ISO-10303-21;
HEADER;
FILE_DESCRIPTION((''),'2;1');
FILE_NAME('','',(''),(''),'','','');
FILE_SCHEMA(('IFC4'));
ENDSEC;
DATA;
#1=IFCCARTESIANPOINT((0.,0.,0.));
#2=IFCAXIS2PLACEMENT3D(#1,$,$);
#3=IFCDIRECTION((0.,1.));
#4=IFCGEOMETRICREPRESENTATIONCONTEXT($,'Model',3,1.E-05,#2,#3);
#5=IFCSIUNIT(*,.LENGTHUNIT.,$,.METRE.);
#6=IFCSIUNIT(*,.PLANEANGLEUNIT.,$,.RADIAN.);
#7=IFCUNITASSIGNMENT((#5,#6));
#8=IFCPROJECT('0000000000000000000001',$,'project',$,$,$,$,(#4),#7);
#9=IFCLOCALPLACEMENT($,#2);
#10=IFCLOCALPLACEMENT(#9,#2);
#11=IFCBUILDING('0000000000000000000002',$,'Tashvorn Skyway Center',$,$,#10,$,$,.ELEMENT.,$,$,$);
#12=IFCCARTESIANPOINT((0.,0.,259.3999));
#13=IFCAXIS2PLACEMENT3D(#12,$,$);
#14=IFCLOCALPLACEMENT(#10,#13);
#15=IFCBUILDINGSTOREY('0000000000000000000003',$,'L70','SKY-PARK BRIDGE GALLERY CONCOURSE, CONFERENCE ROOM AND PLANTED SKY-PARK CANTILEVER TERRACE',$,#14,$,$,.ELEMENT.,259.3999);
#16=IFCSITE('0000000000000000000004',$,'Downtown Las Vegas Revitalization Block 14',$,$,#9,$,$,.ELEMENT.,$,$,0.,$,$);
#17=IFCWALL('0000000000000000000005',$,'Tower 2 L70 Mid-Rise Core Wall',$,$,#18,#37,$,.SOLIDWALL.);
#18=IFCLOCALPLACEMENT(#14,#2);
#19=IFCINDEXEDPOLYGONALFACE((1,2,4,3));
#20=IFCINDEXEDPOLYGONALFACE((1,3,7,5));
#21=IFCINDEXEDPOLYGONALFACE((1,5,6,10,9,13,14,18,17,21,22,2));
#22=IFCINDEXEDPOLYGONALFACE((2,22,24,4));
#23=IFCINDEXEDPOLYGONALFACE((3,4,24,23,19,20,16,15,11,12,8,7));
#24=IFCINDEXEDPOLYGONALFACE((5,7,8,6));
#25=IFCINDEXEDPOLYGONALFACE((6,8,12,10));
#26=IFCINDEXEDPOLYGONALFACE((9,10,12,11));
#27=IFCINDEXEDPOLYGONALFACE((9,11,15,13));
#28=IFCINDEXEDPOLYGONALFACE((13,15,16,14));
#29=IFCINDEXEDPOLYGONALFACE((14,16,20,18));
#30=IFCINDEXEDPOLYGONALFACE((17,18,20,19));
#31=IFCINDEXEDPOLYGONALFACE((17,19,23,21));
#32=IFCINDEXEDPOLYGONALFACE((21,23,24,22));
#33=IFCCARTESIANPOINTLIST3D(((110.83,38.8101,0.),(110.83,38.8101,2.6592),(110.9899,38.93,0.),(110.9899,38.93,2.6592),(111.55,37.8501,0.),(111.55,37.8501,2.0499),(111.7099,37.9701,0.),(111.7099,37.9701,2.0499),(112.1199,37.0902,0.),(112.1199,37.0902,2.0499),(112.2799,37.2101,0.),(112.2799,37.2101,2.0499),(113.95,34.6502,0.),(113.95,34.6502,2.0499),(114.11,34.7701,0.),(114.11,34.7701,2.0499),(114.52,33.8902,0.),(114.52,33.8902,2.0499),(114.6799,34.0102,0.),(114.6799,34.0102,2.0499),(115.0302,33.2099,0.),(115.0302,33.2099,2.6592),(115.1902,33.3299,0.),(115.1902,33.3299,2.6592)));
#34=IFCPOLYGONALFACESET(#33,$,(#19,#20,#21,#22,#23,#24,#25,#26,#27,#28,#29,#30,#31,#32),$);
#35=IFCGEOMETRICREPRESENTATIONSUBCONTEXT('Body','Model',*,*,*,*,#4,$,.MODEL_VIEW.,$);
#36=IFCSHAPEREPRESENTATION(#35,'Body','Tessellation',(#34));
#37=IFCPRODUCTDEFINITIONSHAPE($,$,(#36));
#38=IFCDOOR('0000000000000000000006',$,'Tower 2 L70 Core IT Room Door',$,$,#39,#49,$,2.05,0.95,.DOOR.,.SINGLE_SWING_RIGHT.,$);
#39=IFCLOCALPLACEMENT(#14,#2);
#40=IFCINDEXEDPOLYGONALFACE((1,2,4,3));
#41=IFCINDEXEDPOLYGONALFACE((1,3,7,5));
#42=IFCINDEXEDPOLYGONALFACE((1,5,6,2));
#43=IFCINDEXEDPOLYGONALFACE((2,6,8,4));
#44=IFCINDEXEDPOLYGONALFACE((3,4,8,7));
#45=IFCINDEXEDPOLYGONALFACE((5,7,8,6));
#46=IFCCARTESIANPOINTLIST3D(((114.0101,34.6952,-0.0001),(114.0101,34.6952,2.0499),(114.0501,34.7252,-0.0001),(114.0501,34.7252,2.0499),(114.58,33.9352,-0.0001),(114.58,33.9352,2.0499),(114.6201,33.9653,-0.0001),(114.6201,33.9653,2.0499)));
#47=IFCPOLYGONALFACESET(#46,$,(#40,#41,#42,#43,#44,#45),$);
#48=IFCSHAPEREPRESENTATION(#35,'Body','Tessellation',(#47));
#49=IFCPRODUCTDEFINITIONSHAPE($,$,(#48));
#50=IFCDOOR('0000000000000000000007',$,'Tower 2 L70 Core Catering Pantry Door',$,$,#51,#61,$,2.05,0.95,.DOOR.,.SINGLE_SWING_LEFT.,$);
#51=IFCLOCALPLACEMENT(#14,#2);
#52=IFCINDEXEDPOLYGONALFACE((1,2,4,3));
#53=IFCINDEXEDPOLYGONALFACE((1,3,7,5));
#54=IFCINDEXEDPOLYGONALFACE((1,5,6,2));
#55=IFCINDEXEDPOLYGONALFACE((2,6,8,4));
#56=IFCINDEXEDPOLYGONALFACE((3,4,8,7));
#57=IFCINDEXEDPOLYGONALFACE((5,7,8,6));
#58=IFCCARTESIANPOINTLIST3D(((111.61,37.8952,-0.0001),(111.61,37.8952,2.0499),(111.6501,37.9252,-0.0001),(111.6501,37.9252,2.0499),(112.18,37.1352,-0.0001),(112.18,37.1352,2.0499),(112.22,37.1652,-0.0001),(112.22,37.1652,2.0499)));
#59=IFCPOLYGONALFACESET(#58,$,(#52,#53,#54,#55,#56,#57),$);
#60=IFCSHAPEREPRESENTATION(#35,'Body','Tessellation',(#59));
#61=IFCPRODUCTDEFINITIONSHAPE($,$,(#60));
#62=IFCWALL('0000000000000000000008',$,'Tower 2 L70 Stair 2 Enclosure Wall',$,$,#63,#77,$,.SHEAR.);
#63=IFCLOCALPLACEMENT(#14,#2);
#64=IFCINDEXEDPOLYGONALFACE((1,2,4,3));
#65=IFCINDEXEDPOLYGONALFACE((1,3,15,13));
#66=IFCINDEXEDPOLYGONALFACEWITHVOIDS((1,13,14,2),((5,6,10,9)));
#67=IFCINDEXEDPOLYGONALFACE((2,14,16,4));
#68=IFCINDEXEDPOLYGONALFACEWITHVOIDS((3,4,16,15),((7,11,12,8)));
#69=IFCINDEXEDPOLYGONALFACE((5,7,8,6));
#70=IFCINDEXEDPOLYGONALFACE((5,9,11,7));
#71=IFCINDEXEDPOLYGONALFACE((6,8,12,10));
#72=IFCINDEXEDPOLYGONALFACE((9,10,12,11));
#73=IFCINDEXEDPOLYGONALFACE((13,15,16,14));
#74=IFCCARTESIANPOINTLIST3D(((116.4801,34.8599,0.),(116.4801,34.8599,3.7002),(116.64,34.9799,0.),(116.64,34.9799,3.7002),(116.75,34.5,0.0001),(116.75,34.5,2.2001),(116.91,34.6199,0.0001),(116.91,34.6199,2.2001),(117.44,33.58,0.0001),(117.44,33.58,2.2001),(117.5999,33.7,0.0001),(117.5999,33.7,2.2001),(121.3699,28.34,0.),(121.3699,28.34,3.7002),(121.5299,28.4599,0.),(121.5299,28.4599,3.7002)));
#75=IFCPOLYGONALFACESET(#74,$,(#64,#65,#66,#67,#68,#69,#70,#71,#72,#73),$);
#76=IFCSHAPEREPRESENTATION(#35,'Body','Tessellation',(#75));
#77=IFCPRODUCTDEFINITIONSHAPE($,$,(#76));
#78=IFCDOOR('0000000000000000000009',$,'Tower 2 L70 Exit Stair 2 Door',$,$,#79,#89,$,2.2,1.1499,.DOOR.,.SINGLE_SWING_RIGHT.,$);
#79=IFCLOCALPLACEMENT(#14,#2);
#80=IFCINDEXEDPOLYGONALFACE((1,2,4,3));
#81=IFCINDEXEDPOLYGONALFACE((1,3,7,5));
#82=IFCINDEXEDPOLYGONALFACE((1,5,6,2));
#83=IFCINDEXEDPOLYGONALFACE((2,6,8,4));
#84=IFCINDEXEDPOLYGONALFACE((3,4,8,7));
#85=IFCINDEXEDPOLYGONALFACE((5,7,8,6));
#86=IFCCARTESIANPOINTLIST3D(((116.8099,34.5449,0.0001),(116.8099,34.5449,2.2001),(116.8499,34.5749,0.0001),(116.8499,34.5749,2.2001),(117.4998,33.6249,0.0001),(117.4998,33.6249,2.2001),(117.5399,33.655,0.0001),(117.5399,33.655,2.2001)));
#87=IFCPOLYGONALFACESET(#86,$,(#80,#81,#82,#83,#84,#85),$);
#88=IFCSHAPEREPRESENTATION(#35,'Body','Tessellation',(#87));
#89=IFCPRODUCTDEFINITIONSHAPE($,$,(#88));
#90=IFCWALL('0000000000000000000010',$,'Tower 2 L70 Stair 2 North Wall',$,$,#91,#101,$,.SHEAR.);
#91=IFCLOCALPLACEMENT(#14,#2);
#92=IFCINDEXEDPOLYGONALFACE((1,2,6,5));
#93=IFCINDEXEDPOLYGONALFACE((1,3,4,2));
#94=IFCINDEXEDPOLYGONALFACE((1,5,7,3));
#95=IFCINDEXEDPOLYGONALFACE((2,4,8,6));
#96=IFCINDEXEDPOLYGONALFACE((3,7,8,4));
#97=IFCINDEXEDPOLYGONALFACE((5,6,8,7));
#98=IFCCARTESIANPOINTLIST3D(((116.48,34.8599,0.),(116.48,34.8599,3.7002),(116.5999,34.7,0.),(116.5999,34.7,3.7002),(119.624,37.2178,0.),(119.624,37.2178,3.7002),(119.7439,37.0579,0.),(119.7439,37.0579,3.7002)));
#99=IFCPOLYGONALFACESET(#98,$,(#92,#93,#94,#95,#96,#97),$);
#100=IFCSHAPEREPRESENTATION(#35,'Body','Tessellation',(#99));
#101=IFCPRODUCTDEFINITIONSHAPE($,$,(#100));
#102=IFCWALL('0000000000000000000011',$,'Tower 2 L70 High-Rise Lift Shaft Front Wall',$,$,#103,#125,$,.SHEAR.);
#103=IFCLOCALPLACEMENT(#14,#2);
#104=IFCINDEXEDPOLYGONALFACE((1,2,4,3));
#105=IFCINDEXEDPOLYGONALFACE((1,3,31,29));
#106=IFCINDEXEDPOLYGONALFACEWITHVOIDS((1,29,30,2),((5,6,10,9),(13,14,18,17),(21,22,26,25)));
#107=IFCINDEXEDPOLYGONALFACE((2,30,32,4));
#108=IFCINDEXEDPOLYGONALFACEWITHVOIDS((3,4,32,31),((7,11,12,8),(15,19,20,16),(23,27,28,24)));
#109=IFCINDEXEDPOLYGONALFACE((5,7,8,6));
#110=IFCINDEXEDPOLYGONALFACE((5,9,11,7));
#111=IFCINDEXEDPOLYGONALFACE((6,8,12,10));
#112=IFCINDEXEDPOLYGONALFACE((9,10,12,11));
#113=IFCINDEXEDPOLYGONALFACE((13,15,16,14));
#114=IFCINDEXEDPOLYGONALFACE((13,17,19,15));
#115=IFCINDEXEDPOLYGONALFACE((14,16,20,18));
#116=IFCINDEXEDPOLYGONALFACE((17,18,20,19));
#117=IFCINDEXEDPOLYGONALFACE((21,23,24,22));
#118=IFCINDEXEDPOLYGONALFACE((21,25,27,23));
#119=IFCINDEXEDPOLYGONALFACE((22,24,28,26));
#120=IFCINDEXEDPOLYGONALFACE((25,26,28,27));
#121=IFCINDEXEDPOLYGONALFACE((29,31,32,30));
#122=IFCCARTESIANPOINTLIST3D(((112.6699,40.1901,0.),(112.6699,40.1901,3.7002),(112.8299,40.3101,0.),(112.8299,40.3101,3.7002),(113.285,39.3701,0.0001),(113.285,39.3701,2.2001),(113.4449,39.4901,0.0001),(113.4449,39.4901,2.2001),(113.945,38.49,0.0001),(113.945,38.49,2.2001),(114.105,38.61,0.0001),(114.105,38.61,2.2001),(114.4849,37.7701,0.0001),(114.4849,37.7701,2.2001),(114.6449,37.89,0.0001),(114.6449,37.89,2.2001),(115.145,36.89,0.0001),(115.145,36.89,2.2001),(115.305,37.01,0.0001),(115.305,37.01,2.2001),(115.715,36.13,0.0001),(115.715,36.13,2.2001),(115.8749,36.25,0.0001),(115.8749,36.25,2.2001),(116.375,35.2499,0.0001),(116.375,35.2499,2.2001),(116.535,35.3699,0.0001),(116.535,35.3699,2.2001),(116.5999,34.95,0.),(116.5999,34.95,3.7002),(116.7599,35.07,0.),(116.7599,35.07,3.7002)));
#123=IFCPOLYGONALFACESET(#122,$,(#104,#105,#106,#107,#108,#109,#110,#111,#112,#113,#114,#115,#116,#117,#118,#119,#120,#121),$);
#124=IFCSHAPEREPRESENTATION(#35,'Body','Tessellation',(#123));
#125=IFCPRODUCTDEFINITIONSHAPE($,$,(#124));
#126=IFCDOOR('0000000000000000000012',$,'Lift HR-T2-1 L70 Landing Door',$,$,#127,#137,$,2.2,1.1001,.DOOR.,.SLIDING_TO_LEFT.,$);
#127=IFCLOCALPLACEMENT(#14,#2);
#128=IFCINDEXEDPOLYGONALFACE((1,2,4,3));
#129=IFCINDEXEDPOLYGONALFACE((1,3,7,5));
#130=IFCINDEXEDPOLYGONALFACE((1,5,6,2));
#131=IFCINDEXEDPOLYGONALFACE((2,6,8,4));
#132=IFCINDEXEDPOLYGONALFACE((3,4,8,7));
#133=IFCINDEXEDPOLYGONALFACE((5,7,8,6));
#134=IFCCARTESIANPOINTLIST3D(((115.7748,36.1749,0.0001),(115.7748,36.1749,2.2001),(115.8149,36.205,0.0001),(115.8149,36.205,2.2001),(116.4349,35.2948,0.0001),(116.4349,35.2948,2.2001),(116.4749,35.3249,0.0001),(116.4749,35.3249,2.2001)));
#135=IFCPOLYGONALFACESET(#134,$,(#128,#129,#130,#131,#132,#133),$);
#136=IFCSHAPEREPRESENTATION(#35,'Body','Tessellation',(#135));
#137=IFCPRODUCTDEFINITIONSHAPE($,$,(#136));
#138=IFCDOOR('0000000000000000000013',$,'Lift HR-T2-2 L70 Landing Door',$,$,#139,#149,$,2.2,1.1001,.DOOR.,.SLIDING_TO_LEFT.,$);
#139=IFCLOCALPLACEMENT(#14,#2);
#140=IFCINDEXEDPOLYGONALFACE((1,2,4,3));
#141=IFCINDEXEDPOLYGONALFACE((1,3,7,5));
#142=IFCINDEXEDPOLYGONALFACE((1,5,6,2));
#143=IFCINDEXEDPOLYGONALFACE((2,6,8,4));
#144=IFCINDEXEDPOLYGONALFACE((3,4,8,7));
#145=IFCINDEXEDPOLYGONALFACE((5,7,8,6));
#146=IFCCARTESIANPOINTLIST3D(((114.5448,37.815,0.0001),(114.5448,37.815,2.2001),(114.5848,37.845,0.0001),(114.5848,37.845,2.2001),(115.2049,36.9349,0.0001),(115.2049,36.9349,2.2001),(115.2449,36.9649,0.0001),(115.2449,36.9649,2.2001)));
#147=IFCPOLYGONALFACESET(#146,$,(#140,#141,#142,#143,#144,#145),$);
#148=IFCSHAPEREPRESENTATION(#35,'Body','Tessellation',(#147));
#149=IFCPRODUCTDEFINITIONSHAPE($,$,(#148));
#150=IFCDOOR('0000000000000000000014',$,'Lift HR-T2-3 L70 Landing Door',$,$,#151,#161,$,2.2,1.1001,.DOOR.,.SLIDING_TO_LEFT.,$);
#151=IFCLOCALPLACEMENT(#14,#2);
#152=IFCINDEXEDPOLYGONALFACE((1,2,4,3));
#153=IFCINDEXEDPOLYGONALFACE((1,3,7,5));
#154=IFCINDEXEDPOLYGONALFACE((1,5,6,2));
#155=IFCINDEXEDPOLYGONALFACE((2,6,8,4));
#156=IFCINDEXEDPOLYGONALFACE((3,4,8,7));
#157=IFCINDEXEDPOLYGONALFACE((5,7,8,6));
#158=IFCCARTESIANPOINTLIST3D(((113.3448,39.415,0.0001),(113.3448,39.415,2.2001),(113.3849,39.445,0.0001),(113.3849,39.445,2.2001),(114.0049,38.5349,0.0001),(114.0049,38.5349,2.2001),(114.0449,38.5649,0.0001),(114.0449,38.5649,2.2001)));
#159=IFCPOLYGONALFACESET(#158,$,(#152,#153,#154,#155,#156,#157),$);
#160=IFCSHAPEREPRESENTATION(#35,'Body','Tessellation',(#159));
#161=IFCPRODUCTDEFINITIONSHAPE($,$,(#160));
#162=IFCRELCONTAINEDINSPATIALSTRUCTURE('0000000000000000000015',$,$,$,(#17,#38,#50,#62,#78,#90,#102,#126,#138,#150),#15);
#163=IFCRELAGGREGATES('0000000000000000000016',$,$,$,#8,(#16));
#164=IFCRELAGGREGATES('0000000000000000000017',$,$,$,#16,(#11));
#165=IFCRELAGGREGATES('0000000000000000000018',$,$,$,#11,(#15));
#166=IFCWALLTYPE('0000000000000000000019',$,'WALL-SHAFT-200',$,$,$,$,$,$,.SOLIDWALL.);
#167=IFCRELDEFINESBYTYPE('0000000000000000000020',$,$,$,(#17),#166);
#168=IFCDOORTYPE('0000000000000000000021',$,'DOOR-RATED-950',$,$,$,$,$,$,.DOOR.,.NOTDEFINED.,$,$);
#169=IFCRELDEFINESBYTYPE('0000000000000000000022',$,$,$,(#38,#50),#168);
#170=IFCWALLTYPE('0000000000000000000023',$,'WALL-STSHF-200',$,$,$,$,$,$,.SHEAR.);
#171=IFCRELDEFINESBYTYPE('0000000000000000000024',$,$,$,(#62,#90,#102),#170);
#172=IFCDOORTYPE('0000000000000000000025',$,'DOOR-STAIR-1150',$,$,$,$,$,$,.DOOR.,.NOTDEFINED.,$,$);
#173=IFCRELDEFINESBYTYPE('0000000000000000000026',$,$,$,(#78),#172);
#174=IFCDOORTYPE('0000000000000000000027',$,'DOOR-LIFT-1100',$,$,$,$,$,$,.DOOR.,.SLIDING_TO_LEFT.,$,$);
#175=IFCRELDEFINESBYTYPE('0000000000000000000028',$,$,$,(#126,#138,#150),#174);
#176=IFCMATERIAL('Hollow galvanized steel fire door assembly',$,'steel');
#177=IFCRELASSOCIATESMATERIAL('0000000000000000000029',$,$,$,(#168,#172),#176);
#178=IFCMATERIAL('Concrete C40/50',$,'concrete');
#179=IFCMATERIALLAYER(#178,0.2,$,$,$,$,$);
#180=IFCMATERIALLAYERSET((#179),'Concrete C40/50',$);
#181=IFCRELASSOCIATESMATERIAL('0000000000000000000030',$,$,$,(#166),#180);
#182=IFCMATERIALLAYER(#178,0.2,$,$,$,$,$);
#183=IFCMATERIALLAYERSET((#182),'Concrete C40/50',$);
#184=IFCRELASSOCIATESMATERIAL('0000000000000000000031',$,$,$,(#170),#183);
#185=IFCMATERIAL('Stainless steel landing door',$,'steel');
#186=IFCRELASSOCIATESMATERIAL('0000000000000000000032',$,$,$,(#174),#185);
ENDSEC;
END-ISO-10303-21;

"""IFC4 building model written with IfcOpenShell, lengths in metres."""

from ifc_helpers import new_model, si_unit, direction, frame, frame_2d, origin, place, context, subcontext, project, spatial, rectangle, extrude, material, layer, layer_set, type_object, element, fill, save


model = new_model("IFC4")

# Units and contexts
model_context = context("Model", 3, precision=1e-05, world=origin(), true_north=direction((0.0, 1.0)))
body_context = subcontext(model_context, "Body", "Model", "MODEL_VIEW")
ifc_project = project(units=[si_unit("LENGTHUNIT", "METRE"), si_unit("PLANEANGLEUNIT", "RADIAN")], contexts=[model_context])

# Site, building, storey
site_placement = place(None, origin())
site = spatial("IfcSite", under=ifc_project, at=site_placement, Name="Downtown Las Vegas Revitalization Block 14", CompositionType="ELEMENT", RefElevation=0.0)
building_placement = place(site_placement, origin())
building = spatial("IfcBuilding", under=site, at=building_placement, Name="Tashvorn Skyway Center", CompositionType="ELEMENT")
storey_placement = place(building_placement, frame((0.0, 0.0, 259.3999)))
storey = spatial("IfcBuildingStorey", under=building, at=storey_placement, Name="L70", Description="SKY-PARK BRIDGE GALLERY CONCOURSE, CONFERENCE ROOM AND PLANTED SKY-PARK CANTILEVER TERRACE", CompositionType="ELEMENT", Elevation=259.3999)

# Shared definitions
ifc_material_1 = material(Name="Concrete C40/50", Category="concrete")
ifc_material_2 = material(Name="Hollow galvanized steel fire door assembly", Category="steel")
door_type_1 = type_object("IfcDoorType", Name="DOOR-RATED-950", OperationType="NOTDEFINED", PredefinedType="DOOR", material=ifc_material_2)

# Shared definitions
ifc_layer_1 = layer(ifc_material_1, 0.2)
ifc_layer_set_1 = layer_set([ifc_layer_1], Name="Concrete C40/50")
wall_type_1 = type_object("IfcWallType", Name="WALL-SHAFT-200", PredefinedType="SOLIDWALL", material=ifc_layer_set_1)

# Wall, openings, doors
wall_1_placement = place(storey_placement, frame((115.1101, 33.27, 0.0), z_axis=(0.0, 0.0, 1.0), x_axis=(-0.600011, 0.799992, 0.0)))
wall_1 = element("IfcWall", 1, at=wall_1_placement, inside=storey, type_object=wall_type_1, Name="Tower 2 L70 Mid-Rise Core Wall", PredefinedType="SOLIDWALL", context=body_context, shape_type="SweptSolid", body=[
    extrude(rectangle(XDim=7.0002, YDim=0.2, at=frame_2d((3.5, 0.0))), origin(), (0.0, 0.0, 1.0), 2.6592),
])
opening_1_placement = place(wall_1_placement, frame((0.8501, 0.0, 0.0)))
opening_1 = element("IfcOpeningElement", 2, at=opening_1_placement, cuts=wall_1, PredefinedType="OPENING", context=body_context, shape_type="SweptSolid", body=[
    extrude(rectangle(XDim=0.95, YDim=2.05, at=frame_2d((0.4751, 1.0249))), frame((0.0, 0.1099, 0.0), z_axis=(0.0, -1.0, 0.0), x_axis=(1.0, 0.0, 0.0)), (0.0, 0.0, 1.0), 0.22),
])
opening_2_placement = place(wall_1_placement, frame((4.8501, 0.0, 0.0)))
opening_2 = element("IfcOpeningElement", 3, at=opening_2_placement, cuts=wall_1, PredefinedType="OPENING", context=body_context, shape_type="SweptSolid", body=[
    extrude(rectangle(XDim=0.95, YDim=2.05, at=frame_2d((0.4751, 1.0249))), frame((0.0, 0.1099, 0.0), z_axis=(0.0, -1.0, 0.0), x_axis=(1.0, 0.0, 0.0)), (0.0, 0.0, 1.0), 0.22),
])
door_1_placement = place(opening_1_placement, origin())
door_1 = element("IfcDoor", 4, at=door_1_placement, inside=storey, type_object=door_type_1, Name="Tower 2 L70 Core IT Room Door", OperationType="SINGLE_SWING_RIGHT", OverallHeight=2.05, OverallWidth=0.95, PredefinedType="DOOR", context=body_context, shape_type="SweptSolid", body=[
    extrude(rectangle(XDim=0.95, YDim=2.05, at=frame_2d((0.4751, 1.0249))), frame((0.0, 0.0249, 0.0), z_axis=(0.0, -1.0, 0.0), x_axis=(1.0, 0.0, 0.0)), (0.0, 0.0, 1.0), 0.05),
])
fill(opening_1, door_1)
door_2_placement = place(opening_2_placement, origin())
door_2 = element("IfcDoor", 5, at=door_2_placement, inside=storey, type_object=door_type_1, Name="Tower 2 L70 Core Catering Pantry Door", OperationType="SINGLE_SWING_LEFT", OverallHeight=2.05, OverallWidth=0.95, PredefinedType="DOOR", context=body_context, shape_type="SweptSolid", body=[
    extrude(rectangle(XDim=0.95, YDim=2.05, at=frame_2d((0.4751, 1.0249))), frame((0.0, 0.0249, 0.0), z_axis=(0.0, -1.0, 0.0), x_axis=(1.0, 0.0, 0.0)), (0.0, 0.0, 1.0), 0.05),
])
fill(opening_2, door_2)

# Wall, opening, door
ifc_layer_2 = layer(ifc_material_1, 0.2)
ifc_layer_set_2 = layer_set([ifc_layer_2], Name="Concrete C40/50")
wall_type_2 = type_object("IfcWallType", Name="WALL-STSHF-200", PredefinedType="SHEAR", material=ifc_layer_set_2)
wall_2_placement = place(storey_placement, frame((116.5601, 34.9199, 0.0), z_axis=(0.0, 0.0, 1.0), x_axis=(0.59999, -0.800007, 0.0)))
wall_2 = element("IfcWall", 6, at=wall_2_placement, inside=storey, type_object=wall_type_2, Name="Tower 2 L70 Stair 2 Enclosure Wall", PredefinedType="SHEAR", context=body_context, shape_type="SweptSolid", body=[
    extrude(rectangle(XDim=8.1499, YDim=0.2, at=frame_2d((4.075, 0.0))), origin(), (0.0, 0.0, 1.0), 3.7002),
])
opening_3_placement = place(wall_2_placement, frame((0.45, 0.0, 0.0)))
opening_3 = element("IfcOpeningElement", 7, at=opening_3_placement, cuts=wall_2, PredefinedType="OPENING", context=body_context, shape_type="SweptSolid", body=[
    extrude(rectangle(XDim=1.1499, YDim=2.2, at=frame_2d((0.575, 1.1001))), frame((0.0, 0.1099, 0.0), z_axis=(0.0, -1.0, 0.0), x_axis=(1.0, 0.0, 0.0)), (0.0, 0.0, 1.0), 0.22),
])
door_type_2 = type_object("IfcDoorType", Name="DOOR-STAIR-1150", OperationType="NOTDEFINED", PredefinedType="DOOR", material=ifc_material_2)
door_3_placement = place(opening_3_placement, origin())
door_3 = element("IfcDoor", 8, at=door_3_placement, inside=storey, type_object=door_type_2, Name="Tower 2 L70 Exit Stair 2 Door", OperationType="SINGLE_SWING_RIGHT", OverallHeight=2.2, OverallWidth=1.1499, PredefinedType="DOOR", context=body_context, shape_type="SweptSolid", body=[
    extrude(rectangle(XDim=1.1499, YDim=2.2, at=frame_2d((0.575, 1.1001))), frame((0.0, 0.0249, 0.0), z_axis=(0.0, -1.0, 0.0), x_axis=(1.0, 0.0, 0.0)), (0.0, 0.0, 1.0), 0.05),
])
fill(opening_3, door_3)

# Wall
wall_3_placement = place(storey_placement, frame((116.54, 34.78, 0.0), z_axis=(0.0, 0.0, 1.0), x_axis=(0.800015, 0.59998, 0.0)))
element("IfcWall", 9, at=wall_3_placement, inside=storey, type_object=wall_type_2, Name="Tower 2 L70 Stair 2 North Wall", PredefinedType="SHEAR", context=body_context, shape_type="SweptSolid", body=[
    extrude(rectangle(XDim=3.9299, YDim=0.2, at=frame_2d((1.9648, 0.0))), origin(), (0.0, 0.0, 1.0), 3.7002),
])

# Wall, openings, doors
wall_4_placement = place(storey_placement, frame((112.75, 40.25, 0.0), z_axis=(0.0, 0.0, 1.0), x_axis=(0.599994, -0.800004, 0.0)))
wall_4 = element("IfcWall", 10, at=wall_4_placement, inside=storey, type_object=wall_type_2, Name="Tower 2 L70 High-Rise Lift Shaft Front Wall", PredefinedType="SHEAR", context=body_context, shape_type="SweptSolid", body=[
    extrude(rectangle(XDim=6.55, YDim=0.2, at=frame_2d((3.2749, 0.0))), origin(), (0.0, 0.0, 1.0), 3.7002),
])
opening_4_placement = place(wall_4_placement, frame((5.075, 0.0, 0.0)))
opening_4 = element("IfcOpeningElement", 11, at=opening_4_placement, cuts=wall_4, PredefinedType="OPENING", context=body_context, shape_type="SweptSolid", body=[
    extrude(rectangle(XDim=1.1001, YDim=2.2, at=frame_2d((0.55, 1.1001))), frame((0.0, 0.1099, 0.0), z_axis=(0.0, -1.0, 0.0), x_axis=(1.0, 0.0, 0.0)), (0.0, 0.0, 1.0), 0.22),
])
opening_5_placement = place(wall_4_placement, frame((3.0249, 0.0, 0.0)))
opening_5 = element("IfcOpeningElement", 12, at=opening_5_placement, cuts=wall_4, PredefinedType="OPENING", context=body_context, shape_type="SweptSolid", body=[
    extrude(rectangle(XDim=1.1001, YDim=2.2, at=frame_2d((0.55, 1.1001))), frame((0.0, 0.1099, 0.0), z_axis=(0.0, -1.0, 0.0), x_axis=(1.0, 0.0, 0.0)), (0.0, 0.0, 1.0), 0.22),
])
opening_6_placement = place(wall_4_placement, frame((1.0249, 0.0, 0.0)))
opening_6 = element("IfcOpeningElement", 13, at=opening_6_placement, cuts=wall_4, PredefinedType="OPENING", context=body_context, shape_type="SweptSolid", body=[
    extrude(rectangle(XDim=1.1001, YDim=2.2, at=frame_2d((0.55, 1.1001))), frame((0.0, 0.1099, 0.0), z_axis=(0.0, -1.0, 0.0), x_axis=(1.0, 0.0, 0.0)), (0.0, 0.0, 1.0), 0.22),
])
ifc_material_3 = material(Name="Stainless steel landing door", Category="steel")
door_type_3 = type_object("IfcDoorType", Name="DOOR-LIFT-1100", OperationType="SLIDING_TO_LEFT", PredefinedType="DOOR", material=ifc_material_3)
door_4_placement = place(opening_4_placement, origin())
door_4 = element("IfcDoor", 14, at=door_4_placement, inside=storey, type_object=door_type_3, Name="Lift HR-T2-1 L70 Landing Door", OperationType="SLIDING_TO_LEFT", OverallHeight=2.2, OverallWidth=1.1001, PredefinedType="DOOR", context=body_context, shape_type="SweptSolid", body=[
    extrude(rectangle(XDim=1.1001, YDim=2.2, at=frame_2d((0.55, 1.1001))), frame((0.0, 0.0249, 0.0), z_axis=(0.0, -1.0, 0.0), x_axis=(1.0, 0.0, 0.0)), (0.0, 0.0, 1.0), 0.05),
])
fill(opening_4, door_4)
door_5_placement = place(opening_5_placement, origin())
door_5 = element("IfcDoor", 15, at=door_5_placement, inside=storey, type_object=door_type_3, Name="Lift HR-T2-2 L70 Landing Door", OperationType="SLIDING_TO_LEFT", OverallHeight=2.2, OverallWidth=1.1001, PredefinedType="DOOR", context=body_context, shape_type="SweptSolid", body=[
    extrude(rectangle(XDim=1.1001, YDim=2.2, at=frame_2d((0.55, 1.1001))), frame((0.0, 0.0249, 0.0), z_axis=(0.0, -1.0, 0.0), x_axis=(1.0, 0.0, 0.0)), (0.0, 0.0, 1.0), 0.05),
])
fill(opening_5, door_5)
door_6_placement = place(opening_6_placement, origin())
door_6 = element("IfcDoor", 16, at=door_6_placement, inside=storey, type_object=door_type_3, Name="Lift HR-T2-3 L70 Landing Door", OperationType="SLIDING_TO_LEFT", OverallHeight=2.2, OverallWidth=1.1001, PredefinedType="DOOR", context=body_context, shape_type="SweptSolid", body=[
    extrude(rectangle(XDim=1.1001, YDim=2.2, at=frame_2d((0.55, 1.1001))), frame((0.0, 0.0249, 0.0), z_axis=(0.0, -1.0, 0.0), x_axis=(1.0, 0.0, 0.0)), (0.0, 0.0, 1.0), 0.05),
])
fill(opening_6, door_6)

save(model, "model.ifc")
